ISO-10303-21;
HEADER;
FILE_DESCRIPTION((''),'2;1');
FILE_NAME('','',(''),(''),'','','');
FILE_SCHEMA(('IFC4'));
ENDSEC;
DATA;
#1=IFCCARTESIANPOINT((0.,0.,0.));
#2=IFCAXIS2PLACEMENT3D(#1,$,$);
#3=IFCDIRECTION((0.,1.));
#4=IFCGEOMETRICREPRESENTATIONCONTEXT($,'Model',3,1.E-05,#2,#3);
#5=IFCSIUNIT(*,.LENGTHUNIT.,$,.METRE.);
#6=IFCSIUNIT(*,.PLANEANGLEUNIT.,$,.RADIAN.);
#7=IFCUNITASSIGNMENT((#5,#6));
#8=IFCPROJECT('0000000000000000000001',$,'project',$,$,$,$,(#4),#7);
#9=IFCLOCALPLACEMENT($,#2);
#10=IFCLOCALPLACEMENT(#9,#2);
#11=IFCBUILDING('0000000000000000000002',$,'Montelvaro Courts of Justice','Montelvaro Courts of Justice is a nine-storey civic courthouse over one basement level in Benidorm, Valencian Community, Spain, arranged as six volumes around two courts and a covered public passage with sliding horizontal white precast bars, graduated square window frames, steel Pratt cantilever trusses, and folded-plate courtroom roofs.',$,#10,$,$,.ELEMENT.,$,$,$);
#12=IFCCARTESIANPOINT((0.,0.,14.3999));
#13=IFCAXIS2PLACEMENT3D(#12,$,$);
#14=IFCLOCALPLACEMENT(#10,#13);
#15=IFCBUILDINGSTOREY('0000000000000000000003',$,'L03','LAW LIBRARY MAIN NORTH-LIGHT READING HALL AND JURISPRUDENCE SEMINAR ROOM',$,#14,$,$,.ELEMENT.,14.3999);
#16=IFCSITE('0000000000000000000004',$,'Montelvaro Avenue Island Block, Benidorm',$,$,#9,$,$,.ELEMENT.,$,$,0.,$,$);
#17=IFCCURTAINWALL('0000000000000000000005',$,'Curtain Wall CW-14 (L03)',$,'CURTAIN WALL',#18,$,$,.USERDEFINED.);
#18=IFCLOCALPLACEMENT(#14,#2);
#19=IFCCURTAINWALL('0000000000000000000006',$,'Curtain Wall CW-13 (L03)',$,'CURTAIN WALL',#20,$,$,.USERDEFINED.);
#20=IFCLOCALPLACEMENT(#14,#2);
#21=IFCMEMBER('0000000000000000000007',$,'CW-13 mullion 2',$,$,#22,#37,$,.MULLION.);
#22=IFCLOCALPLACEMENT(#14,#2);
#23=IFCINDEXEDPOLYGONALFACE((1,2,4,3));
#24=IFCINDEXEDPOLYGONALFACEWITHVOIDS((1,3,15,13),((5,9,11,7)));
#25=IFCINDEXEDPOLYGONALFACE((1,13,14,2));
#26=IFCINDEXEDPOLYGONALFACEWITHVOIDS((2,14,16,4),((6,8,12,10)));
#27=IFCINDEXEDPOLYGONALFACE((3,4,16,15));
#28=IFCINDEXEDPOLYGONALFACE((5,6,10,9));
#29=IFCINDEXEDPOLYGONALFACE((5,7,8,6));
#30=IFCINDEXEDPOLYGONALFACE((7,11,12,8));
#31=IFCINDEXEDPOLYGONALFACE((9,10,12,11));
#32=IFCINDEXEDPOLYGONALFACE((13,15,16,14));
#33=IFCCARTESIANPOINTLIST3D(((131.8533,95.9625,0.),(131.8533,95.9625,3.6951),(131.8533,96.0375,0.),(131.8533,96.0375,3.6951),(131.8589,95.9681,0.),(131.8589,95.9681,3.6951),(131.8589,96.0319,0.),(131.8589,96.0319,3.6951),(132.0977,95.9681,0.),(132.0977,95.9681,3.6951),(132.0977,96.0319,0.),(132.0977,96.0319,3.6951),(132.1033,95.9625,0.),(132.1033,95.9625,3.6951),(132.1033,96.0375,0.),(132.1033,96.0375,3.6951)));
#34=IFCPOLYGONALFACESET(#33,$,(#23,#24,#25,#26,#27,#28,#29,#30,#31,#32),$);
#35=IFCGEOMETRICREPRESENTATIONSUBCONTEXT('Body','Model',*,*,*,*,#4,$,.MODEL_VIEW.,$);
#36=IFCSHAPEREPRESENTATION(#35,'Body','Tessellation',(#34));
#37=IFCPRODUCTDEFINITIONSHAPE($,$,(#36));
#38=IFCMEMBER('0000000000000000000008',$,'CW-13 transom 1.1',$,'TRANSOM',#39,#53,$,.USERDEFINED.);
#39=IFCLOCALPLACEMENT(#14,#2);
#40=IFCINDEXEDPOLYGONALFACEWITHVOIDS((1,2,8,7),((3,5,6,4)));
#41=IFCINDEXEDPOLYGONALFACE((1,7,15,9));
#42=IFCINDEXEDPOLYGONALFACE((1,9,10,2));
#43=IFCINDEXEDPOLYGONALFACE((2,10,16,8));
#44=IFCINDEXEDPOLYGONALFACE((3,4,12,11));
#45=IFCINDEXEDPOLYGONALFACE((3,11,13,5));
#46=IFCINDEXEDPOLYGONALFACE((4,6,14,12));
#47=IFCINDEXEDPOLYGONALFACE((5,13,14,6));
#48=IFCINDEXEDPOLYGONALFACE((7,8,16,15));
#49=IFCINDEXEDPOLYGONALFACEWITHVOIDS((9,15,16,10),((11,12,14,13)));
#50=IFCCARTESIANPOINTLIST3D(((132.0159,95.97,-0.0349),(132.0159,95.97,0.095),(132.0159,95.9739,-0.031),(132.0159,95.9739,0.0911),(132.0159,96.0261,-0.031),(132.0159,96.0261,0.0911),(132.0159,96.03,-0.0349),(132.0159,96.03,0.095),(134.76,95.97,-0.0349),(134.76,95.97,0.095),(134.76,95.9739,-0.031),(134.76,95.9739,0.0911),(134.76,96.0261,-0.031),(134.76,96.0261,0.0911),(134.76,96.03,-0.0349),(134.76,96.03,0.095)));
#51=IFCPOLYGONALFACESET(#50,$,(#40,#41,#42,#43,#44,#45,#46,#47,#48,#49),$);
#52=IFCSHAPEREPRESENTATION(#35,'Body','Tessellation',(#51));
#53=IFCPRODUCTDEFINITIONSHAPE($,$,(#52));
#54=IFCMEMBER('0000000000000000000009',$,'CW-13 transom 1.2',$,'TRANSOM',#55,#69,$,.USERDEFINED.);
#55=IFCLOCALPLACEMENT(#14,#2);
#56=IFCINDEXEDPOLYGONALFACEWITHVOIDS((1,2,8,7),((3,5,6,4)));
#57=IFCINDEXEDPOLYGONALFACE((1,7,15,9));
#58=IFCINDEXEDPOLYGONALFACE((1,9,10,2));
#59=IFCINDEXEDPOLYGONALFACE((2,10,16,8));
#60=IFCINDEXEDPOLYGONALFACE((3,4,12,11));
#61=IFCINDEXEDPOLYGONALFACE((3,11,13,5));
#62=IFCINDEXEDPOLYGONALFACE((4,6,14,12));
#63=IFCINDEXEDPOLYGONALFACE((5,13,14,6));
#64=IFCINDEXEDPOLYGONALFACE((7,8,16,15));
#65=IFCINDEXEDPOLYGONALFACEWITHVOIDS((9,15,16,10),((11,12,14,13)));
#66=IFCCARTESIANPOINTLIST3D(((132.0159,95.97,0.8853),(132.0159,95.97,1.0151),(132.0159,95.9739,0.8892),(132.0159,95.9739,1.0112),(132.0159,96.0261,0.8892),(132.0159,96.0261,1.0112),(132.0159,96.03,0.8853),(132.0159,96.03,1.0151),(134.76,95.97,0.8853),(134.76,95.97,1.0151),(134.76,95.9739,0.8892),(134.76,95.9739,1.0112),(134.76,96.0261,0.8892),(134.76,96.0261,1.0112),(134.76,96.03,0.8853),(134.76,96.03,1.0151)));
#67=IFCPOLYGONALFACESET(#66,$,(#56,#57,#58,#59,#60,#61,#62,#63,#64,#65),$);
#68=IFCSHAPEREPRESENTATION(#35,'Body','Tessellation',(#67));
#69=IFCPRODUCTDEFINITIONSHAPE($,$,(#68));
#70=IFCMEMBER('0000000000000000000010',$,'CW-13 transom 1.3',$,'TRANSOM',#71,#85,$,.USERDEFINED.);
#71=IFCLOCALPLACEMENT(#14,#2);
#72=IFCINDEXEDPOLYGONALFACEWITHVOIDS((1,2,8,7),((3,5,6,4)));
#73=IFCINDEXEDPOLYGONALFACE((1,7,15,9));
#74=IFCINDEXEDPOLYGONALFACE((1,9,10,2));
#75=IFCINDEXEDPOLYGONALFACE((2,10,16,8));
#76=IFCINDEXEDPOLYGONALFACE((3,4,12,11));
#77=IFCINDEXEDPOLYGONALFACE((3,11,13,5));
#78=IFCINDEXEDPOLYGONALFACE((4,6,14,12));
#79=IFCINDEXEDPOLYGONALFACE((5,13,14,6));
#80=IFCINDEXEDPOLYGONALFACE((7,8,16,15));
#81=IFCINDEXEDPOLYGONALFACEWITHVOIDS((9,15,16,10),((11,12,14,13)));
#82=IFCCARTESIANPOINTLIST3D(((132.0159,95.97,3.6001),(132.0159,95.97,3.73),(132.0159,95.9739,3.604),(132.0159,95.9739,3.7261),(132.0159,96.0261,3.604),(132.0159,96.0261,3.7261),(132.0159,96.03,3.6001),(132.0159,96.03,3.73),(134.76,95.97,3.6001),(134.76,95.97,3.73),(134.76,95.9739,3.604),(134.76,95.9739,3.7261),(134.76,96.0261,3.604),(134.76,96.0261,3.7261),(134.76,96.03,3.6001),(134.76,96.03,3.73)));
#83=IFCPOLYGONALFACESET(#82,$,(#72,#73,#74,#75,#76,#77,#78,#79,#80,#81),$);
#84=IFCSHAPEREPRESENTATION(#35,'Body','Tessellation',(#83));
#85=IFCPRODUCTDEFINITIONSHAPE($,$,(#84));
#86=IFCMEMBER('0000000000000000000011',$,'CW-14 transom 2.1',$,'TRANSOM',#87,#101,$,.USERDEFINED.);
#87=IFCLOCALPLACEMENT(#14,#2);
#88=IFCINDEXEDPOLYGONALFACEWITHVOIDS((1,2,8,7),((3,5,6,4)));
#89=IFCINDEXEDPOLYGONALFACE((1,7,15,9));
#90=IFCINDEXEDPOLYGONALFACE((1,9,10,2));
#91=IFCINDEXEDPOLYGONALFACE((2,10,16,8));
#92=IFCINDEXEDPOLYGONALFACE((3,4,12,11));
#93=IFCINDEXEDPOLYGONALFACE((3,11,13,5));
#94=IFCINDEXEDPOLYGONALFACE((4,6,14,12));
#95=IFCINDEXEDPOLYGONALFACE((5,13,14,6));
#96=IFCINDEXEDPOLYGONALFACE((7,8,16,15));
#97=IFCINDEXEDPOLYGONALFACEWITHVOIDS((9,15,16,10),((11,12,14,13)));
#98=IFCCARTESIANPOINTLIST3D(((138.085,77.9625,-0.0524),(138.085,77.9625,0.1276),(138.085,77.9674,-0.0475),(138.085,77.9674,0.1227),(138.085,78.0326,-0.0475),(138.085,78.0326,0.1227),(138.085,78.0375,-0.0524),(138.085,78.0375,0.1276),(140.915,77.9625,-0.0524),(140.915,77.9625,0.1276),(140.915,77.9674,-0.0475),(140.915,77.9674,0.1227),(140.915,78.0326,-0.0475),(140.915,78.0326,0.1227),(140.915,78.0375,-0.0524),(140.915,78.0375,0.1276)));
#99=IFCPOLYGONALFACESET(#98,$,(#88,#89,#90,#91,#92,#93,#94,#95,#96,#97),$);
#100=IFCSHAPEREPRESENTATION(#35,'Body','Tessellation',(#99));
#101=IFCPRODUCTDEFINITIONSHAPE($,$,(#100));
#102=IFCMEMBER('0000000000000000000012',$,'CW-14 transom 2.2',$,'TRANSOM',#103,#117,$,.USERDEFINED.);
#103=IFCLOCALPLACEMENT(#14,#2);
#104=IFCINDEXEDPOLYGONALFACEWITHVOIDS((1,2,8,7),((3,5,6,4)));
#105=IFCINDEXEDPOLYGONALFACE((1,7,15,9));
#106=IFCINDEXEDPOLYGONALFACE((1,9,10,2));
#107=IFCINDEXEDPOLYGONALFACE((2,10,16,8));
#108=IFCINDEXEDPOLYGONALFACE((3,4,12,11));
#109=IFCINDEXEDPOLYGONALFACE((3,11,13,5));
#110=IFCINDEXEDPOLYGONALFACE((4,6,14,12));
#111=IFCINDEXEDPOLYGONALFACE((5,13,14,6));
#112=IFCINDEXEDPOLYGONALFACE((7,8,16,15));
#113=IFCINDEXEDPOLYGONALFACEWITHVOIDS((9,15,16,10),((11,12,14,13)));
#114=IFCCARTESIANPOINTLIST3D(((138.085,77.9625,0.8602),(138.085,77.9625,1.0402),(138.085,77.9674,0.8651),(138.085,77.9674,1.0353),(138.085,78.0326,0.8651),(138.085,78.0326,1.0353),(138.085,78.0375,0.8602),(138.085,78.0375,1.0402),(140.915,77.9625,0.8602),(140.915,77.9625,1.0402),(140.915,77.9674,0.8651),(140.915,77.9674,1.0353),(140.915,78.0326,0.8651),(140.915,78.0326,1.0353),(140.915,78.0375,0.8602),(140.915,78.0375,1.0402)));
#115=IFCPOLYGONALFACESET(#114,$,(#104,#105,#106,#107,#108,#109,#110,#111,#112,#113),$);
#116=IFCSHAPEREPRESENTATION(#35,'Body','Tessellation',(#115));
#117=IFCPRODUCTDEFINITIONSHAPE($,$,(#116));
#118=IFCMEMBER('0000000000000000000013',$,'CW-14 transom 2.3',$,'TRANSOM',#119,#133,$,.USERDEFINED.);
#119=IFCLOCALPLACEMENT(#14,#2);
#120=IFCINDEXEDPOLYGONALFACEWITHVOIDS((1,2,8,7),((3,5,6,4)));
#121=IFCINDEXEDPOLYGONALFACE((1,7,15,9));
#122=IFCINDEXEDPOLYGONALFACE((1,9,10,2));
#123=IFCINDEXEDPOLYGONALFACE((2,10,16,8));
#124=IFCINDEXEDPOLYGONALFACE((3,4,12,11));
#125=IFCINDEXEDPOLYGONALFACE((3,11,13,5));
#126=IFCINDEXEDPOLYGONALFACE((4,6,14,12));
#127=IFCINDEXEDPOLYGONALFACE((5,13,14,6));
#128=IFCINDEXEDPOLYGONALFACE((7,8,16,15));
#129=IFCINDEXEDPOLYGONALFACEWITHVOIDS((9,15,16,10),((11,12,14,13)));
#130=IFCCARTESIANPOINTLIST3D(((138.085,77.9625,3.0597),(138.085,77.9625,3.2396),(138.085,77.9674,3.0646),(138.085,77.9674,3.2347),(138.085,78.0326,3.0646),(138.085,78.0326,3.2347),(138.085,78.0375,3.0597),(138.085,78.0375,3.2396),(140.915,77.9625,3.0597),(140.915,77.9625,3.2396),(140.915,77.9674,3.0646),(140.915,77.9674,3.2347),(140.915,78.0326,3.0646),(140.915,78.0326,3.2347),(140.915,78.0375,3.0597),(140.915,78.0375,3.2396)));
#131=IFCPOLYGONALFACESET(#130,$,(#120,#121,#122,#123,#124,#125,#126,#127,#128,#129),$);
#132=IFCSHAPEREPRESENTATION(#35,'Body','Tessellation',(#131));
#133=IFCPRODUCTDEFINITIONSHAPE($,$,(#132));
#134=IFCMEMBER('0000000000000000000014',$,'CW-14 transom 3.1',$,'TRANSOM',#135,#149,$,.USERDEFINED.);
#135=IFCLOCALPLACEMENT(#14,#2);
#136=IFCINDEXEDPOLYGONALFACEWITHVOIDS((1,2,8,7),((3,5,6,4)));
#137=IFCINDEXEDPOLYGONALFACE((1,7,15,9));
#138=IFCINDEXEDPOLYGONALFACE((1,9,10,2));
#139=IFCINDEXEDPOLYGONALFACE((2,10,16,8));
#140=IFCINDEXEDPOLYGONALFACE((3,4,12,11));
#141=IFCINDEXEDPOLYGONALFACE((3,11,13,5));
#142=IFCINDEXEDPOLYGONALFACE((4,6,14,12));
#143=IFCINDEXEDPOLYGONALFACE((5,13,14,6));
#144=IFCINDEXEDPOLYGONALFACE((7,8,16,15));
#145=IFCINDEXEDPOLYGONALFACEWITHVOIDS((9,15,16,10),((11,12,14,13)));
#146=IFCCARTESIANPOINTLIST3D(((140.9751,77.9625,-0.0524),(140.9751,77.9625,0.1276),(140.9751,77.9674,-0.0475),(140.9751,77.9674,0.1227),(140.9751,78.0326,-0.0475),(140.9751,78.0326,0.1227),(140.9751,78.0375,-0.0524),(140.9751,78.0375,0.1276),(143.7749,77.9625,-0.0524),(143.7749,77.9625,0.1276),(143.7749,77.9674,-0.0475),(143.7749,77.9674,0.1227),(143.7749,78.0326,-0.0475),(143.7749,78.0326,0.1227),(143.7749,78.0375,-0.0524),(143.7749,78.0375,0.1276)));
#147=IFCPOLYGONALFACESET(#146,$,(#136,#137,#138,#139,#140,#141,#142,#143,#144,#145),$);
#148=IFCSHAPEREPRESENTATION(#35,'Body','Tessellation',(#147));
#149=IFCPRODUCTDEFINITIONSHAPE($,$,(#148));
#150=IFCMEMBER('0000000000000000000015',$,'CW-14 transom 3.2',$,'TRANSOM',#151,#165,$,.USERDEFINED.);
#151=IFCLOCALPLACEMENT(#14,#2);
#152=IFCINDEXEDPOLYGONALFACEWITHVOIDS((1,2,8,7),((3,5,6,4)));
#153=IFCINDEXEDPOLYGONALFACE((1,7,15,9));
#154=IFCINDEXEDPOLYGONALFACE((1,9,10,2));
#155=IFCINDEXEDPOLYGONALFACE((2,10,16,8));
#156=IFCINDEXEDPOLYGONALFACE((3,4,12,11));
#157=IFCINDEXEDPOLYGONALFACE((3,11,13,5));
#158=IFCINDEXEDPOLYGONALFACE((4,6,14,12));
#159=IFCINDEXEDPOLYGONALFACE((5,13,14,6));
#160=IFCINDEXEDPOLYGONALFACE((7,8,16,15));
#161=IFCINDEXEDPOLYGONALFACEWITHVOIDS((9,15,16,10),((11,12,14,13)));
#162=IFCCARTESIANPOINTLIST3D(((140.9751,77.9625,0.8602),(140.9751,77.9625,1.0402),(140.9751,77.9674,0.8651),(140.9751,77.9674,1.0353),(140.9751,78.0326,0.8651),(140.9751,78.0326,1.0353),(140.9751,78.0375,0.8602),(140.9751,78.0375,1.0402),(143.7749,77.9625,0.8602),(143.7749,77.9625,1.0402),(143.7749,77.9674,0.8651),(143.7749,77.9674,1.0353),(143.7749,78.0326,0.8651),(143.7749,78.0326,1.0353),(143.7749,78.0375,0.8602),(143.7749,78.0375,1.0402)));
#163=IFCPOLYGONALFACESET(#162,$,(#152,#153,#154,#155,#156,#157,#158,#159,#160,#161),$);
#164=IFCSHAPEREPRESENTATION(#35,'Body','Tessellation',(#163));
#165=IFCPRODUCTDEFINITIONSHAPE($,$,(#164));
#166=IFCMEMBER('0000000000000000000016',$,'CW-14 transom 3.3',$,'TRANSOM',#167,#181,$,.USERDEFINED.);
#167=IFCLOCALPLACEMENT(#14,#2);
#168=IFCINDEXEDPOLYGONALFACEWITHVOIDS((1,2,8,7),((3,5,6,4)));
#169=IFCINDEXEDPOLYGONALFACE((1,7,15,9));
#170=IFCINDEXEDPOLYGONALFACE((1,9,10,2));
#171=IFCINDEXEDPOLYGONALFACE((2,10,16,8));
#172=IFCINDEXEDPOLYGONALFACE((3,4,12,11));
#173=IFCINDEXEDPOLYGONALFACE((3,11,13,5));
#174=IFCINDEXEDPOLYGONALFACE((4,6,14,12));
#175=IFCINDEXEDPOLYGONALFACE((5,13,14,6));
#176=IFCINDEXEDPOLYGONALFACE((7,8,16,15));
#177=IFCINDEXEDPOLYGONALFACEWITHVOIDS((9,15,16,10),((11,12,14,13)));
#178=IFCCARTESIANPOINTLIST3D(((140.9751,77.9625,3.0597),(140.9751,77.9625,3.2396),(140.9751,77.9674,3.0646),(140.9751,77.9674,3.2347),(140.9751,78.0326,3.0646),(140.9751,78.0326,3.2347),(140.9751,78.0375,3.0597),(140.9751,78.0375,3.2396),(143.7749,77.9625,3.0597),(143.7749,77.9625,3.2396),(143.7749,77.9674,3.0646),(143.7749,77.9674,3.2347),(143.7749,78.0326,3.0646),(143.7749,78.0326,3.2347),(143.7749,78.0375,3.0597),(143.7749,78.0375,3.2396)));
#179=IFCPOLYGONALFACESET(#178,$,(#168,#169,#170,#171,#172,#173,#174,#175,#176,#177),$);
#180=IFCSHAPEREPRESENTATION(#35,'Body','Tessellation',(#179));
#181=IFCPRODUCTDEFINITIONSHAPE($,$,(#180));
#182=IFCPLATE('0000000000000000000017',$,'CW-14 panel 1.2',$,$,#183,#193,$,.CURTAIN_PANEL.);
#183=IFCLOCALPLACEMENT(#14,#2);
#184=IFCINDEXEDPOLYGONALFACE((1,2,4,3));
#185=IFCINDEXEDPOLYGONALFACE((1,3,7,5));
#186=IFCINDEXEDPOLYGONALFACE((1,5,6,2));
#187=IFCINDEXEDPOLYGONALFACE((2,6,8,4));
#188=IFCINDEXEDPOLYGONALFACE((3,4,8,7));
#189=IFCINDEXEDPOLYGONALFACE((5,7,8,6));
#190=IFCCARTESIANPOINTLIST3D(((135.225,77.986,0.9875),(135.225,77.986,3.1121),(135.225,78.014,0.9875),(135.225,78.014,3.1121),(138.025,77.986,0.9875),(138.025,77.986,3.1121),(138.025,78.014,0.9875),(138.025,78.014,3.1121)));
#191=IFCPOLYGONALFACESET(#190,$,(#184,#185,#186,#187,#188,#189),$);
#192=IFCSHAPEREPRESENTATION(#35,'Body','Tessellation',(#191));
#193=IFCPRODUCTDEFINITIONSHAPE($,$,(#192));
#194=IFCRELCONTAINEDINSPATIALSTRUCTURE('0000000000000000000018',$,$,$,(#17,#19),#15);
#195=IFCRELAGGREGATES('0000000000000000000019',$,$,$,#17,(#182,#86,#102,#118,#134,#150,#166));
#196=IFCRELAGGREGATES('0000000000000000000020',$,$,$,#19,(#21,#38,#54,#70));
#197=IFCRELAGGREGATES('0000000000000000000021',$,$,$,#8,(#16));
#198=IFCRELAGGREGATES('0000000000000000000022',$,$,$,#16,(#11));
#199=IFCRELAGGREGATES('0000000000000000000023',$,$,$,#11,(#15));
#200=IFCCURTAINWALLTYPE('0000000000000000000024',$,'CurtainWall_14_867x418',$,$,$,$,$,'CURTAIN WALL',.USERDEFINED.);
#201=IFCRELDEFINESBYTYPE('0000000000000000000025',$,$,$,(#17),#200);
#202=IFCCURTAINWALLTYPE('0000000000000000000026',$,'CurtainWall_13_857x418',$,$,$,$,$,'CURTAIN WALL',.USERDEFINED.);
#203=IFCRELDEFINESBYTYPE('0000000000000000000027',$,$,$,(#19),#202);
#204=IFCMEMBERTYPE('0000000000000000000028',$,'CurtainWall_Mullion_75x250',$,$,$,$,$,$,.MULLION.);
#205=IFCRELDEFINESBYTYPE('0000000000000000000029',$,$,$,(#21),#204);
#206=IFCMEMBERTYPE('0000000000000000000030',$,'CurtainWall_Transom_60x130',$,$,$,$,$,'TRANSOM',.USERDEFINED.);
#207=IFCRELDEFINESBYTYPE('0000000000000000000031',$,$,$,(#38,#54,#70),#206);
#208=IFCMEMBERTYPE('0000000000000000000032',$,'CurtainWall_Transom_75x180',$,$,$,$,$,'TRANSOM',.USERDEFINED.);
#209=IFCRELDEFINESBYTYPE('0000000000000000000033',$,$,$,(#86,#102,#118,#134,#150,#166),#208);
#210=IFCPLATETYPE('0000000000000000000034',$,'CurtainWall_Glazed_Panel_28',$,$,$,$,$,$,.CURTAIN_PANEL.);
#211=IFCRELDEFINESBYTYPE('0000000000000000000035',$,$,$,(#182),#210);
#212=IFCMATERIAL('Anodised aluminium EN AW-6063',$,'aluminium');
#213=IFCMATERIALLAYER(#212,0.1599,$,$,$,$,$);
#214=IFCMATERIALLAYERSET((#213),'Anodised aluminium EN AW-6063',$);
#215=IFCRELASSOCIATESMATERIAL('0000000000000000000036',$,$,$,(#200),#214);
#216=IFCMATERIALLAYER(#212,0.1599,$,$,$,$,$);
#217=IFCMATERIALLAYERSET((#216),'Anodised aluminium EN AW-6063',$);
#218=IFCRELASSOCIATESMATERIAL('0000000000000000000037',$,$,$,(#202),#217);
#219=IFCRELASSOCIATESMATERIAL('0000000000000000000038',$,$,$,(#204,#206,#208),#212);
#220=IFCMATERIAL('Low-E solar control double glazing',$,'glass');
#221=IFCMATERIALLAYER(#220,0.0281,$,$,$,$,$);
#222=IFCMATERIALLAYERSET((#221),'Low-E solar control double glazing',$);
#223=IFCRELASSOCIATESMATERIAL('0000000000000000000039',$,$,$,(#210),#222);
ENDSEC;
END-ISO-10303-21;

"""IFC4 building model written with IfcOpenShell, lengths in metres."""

from ifc_helpers import new_model, si_unit, direction, frame, origin, origin_2d, place, context, subcontext, project, spatial, rectangle, hollow_rectangle, extrude, material, layer, layer_set, material_profile, profile_set, type_object, element, aggregate, save


model = new_model("IFC4")

# Units and contexts
model_context = context("Model", 3, precision=1e-05, world=origin(), true_north=direction((0.0, 1.0)))
body_context = subcontext(model_context, "Body", "Model", "MODEL_VIEW")
ifc_project = project(units=[si_unit("LENGTHUNIT", "METRE"), si_unit("PLANEANGLEUNIT", "RADIAN")], contexts=[model_context])

# Site, building, storey
site_placement = place(None, origin())
site = spatial("IfcSite", under=ifc_project, at=site_placement, Name="Montelvaro Avenue Island Block, Benidorm", CompositionType="ELEMENT", RefElevation=0.0)
building_placement = place(site_placement, origin())
building = spatial("IfcBuilding", under=site, at=building_placement, Name="Montelvaro Courts of Justice", Description="Montelvaro Courts of Justice is a nine-storey civic courthouse over one basement level in Benidorm, Valencian Community, Spain, arranged as six volumes around two courts and a covered public passage with sliding horizontal white precast bars, graduated square window frames, steel Pratt cantilever trusses, and folded-plate courtroom roofs.", CompositionType="ELEMENT")
storey_placement = place(building_placement, frame((0.0, 0.0, 14.3999)))
storey = spatial("IfcBuildingStorey", under=building, at=storey_placement, Name="L03", Description="LAW LIBRARY MAIN NORTH-LIGHT READING HALL AND JURISPRUDENCE SEMINAR ROOM", CompositionType="ELEMENT", Elevation=14.3999)

# Curtain walls, members
ifc_material_1 = material(Name="Anodised aluminium EN AW-6063", Category="aluminium")
ifc_layer_1 = layer(ifc_material_1, 0.1599)
ifc_layer_set_1 = layer_set([ifc_layer_1], Name="Anodised aluminium EN AW-6063")
curtain_wall_type_1 = type_object("IfcCurtainWallType", Name="CurtainWall_14_867x418", ElementType="CURTAIN WALL", PredefinedType="USERDEFINED", material=ifc_layer_set_1)
curtain_wall_1_placement = place(storey_placement, origin())
curtain_wall_1 = element("IfcCurtainWall", 1, at=curtain_wall_1_placement, inside=storey, type_object=curtain_wall_type_1, Name="Curtain Wall CW-14 (L03)", ObjectType="CURTAIN WALL", PredefinedType="USERDEFINED")
ifc_layer_2 = layer(ifc_material_1, 0.1599)
ifc_layer_set_2 = layer_set([ifc_layer_2], Name="Anodised aluminium EN AW-6063")
curtain_wall_type_2 = type_object("IfcCurtainWallType", Name="CurtainWall_13_857x418", ElementType="CURTAIN WALL", PredefinedType="USERDEFINED", material=ifc_layer_set_2)
curtain_wall_2_placement = place(storey_placement, origin())
curtain_wall_2 = element("IfcCurtainWall", 2, at=curtain_wall_2_placement, inside=storey, type_object=curtain_wall_type_2, Name="Curtain Wall CW-13 (L03)", ObjectType="CURTAIN WALL", PredefinedType="USERDEFINED")
ifc_material_profile_1 = material_profile(ifc_material_1, hollow_rectangle(XDim=0.075, YDim=0.25, WallThickness=0.0056, at=origin_2d()), Name="ALU-M 75x250")
ifc_profile_set_1 = profile_set([ifc_material_profile_1], Name="Anodised aluminium EN AW-6063")
member_type_1 = type_object("IfcMemberType", Name="CurtainWall_Mullion_75x250", PredefinedType="MULLION", material=ifc_profile_set_1)
member_1_placement = place(storey_placement, frame((131.9783, 96.0, 0.0), z_axis=(0.0, 0.0, 1.0), x_axis=(0.0, -1.0, 0.0)))
member_1 = element("IfcMember", 3, at=member_1_placement, type_object=member_type_1, Name="CW-13 mullion 2", PredefinedType="MULLION", context=body_context, shape_type="SweptSolid", body=[
    extrude(hollow_rectangle(XDim=0.075, YDim=0.25, WallThickness=0.0056, at=origin_2d()), origin(), (0.0, 0.0, 1.0), 3.6951),
])
ifc_material_profile_2 = material_profile(ifc_material_1, hollow_rectangle(XDim=0.0601, YDim=0.1299, WallThickness=0.0039, at=origin_2d()), Name="ALU-T 60x130")
ifc_profile_set_2 = profile_set([ifc_material_profile_2], Name="Anodised aluminium EN AW-6063")
member_type_2 = type_object("IfcMemberType", Name="CurtainWall_Transom_60x130", ElementType="TRANSOM", PredefinedType="USERDEFINED", material=ifc_profile_set_2)
member_2_placement = place(storey_placement, frame((134.76, 96.0, 0.03), z_axis=(-1.0, 0.0, 0.0), x_axis=(0.0, -1.0, 0.0)))
member_2 = element("IfcMember", 4, at=member_2_placement, type_object=member_type_2, Name="CW-13 transom 1.1", ObjectType="TRANSOM", PredefinedType="USERDEFINED", context=body_context, shape_type="SweptSolid", body=[
    extrude(hollow_rectangle(XDim=0.0601, YDim=0.1299, WallThickness=0.0039, at=origin_2d()), origin(), (0.0, 0.0, 1.0), 2.7441),
])
member_3_placement = place(storey_placement, frame((134.76, 96.0, 0.9502), z_axis=(-1.0, 0.0, 0.0), x_axis=(0.0, -1.0, 0.0)))
member_3 = element("IfcMember", 5, at=member_3_placement, type_object=member_type_2, Name="CW-13 transom 1.2", ObjectType="TRANSOM", PredefinedType="USERDEFINED", context=body_context, shape_type="SweptSolid", body=[
    extrude(hollow_rectangle(XDim=0.0601, YDim=0.1299, WallThickness=0.0039, at=origin_2d()), origin(), (0.0, 0.0, 1.0), 2.7441),
])
member_4_placement = place(storey_placement, frame((134.76, 96.0, 3.665), z_axis=(-1.0, 0.0, 0.0), x_axis=(0.0, -1.0, 0.0)))
member_4 = element("IfcMember", 6, at=member_4_placement, type_object=member_type_2, Name="CW-13 transom 1.3", ObjectType="TRANSOM", PredefinedType="USERDEFINED", context=body_context, shape_type="SweptSolid", body=[
    extrude(hollow_rectangle(XDim=0.0601, YDim=0.1299, WallThickness=0.0039, at=origin_2d()), origin(), (0.0, 0.0, 1.0), 2.7441),
])

# Members
ifc_material_profile_3 = material_profile(ifc_material_1, hollow_rectangle(XDim=0.075, YDim=0.1799, WallThickness=0.0049, at=origin_2d()), Name="ALU-T 75x180")
ifc_profile_set_3 = profile_set([ifc_material_profile_3], Name="Anodised aluminium EN AW-6063")
member_type_3 = type_object("IfcMemberType", Name="CurtainWall_Transom_75x180", ElementType="TRANSOM", PredefinedType="USERDEFINED", material=ifc_profile_set_3)
member_5_placement = place(storey_placement, frame((138.085, 78.0, 0.0376), z_axis=(1.0, 0.0, 0.0), x_axis=(0.0, 1.0, 0.0)))
member_5 = element("IfcMember", 7, at=member_5_placement, type_object=member_type_3, Name="CW-14 transom 2.1", ObjectType="TRANSOM", PredefinedType="USERDEFINED", context=body_context, shape_type="SweptSolid", body=[
    extrude(hollow_rectangle(XDim=0.075, YDim=0.1799, WallThickness=0.0049, at=origin_2d()), origin(), (0.0, 0.0, 1.0), 2.8301),
])
member_6_placement = place(storey_placement, frame((138.085, 78.0, 0.9502), z_axis=(1.0, 0.0, 0.0), x_axis=(0.0, 1.0, 0.0)))
member_6 = element("IfcMember", 8, at=member_6_placement, type_object=member_type_3, Name="CW-14 transom 2.2", ObjectType="TRANSOM", PredefinedType="USERDEFINED", context=body_context, shape_type="SweptSolid", body=[
    extrude(hollow_rectangle(XDim=0.075, YDim=0.1799, WallThickness=0.0049, at=origin_2d()), origin(), (0.0, 0.0, 1.0), 2.8301),
])
member_7_placement = place(storey_placement, frame((138.085, 78.0, 3.1497), z_axis=(1.0, 0.0, 0.0), x_axis=(0.0, 1.0, 0.0)))
member_7 = element("IfcMember", 9, at=member_7_placement, type_object=member_type_3, Name="CW-14 transom 2.3", ObjectType="TRANSOM", PredefinedType="USERDEFINED", context=body_context, shape_type="SweptSolid", body=[
    extrude(hollow_rectangle(XDim=0.075, YDim=0.1799, WallThickness=0.0049, at=origin_2d()), origin(), (0.0, 0.0, 1.0), 2.8301),
])
member_8_placement = place(storey_placement, frame((140.9751, 78.0, 0.0376), z_axis=(1.0, 0.0, 0.0), x_axis=(0.0, 1.0, 0.0)))
member_8 = element("IfcMember", 10, at=member_8_placement, type_object=member_type_3, Name="CW-14 transom 3.1", ObjectType="TRANSOM", PredefinedType="USERDEFINED", context=body_context, shape_type="SweptSolid", body=[
    extrude(hollow_rectangle(XDim=0.075, YDim=0.1799, WallThickness=0.0049, at=origin_2d()), origin(), (0.0, 0.0, 1.0), 2.7998),
])
member_9_placement = place(storey_placement, frame((140.9751, 78.0, 0.9502), z_axis=(1.0, 0.0, 0.0), x_axis=(0.0, 1.0, 0.0)))
member_9 = element("IfcMember", 11, at=member_9_placement, type_object=member_type_3, Name="CW-14 transom 3.2", ObjectType="TRANSOM", PredefinedType="USERDEFINED", context=body_context, shape_type="SweptSolid", body=[
    extrude(hollow_rectangle(XDim=0.075, YDim=0.1799, WallThickness=0.0049, at=origin_2d()), origin(), (0.0, 0.0, 1.0), 2.7998),
])
member_10_placement = place(storey_placement, frame((140.9751, 78.0, 3.1497), z_axis=(1.0, 0.0, 0.0), x_axis=(0.0, 1.0, 0.0)))
member_10 = element("IfcMember", 12, at=member_10_placement, type_object=member_type_3, Name="CW-14 transom 3.3", ObjectType="TRANSOM", PredefinedType="USERDEFINED", context=body_context, shape_type="SweptSolid", body=[
    extrude(hollow_rectangle(XDim=0.075, YDim=0.1799, WallThickness=0.0049, at=origin_2d()), origin(), (0.0, 0.0, 1.0), 2.7998),
])

# Plate
ifc_material_2 = material(Name="Low-E solar control double glazing", Category="glass")
ifc_layer_3 = layer(ifc_material_2, 0.0281)
ifc_layer_set_3 = layer_set([ifc_layer_3], Name="Low-E solar control double glazing")
plate_type_1 = type_object("IfcPlateType", Name="CurtainWall_Glazed_Panel_28", PredefinedType="CURTAIN_PANEL", material=ifc_layer_set_3)
plate_1_placement = place(storey_placement, frame((136.625, 78.0, 0.9875), z_axis=(0.0, 0.0, 1.0), x_axis=(1.0, 0.0, 0.0)))
plate_1 = element("IfcPlate", 13, at=plate_1_placement, type_object=plate_type_1, Name="CW-14 panel 1.2", PredefinedType="CURTAIN_PANEL", context=body_context, shape_type="SweptSolid", body=[
    extrude(rectangle(XDim=2.8, YDim=0.0281, at=origin_2d()), origin(), (0.0, 0.0, 1.0), 2.1245),
])
aggregate(curtain_wall_1, [plate_1, member_5, member_6, member_7, member_8, member_9, member_10])
aggregate(curtain_wall_2, [member_1, member_2, member_3, member_4])

save(model, "model.ifc")
